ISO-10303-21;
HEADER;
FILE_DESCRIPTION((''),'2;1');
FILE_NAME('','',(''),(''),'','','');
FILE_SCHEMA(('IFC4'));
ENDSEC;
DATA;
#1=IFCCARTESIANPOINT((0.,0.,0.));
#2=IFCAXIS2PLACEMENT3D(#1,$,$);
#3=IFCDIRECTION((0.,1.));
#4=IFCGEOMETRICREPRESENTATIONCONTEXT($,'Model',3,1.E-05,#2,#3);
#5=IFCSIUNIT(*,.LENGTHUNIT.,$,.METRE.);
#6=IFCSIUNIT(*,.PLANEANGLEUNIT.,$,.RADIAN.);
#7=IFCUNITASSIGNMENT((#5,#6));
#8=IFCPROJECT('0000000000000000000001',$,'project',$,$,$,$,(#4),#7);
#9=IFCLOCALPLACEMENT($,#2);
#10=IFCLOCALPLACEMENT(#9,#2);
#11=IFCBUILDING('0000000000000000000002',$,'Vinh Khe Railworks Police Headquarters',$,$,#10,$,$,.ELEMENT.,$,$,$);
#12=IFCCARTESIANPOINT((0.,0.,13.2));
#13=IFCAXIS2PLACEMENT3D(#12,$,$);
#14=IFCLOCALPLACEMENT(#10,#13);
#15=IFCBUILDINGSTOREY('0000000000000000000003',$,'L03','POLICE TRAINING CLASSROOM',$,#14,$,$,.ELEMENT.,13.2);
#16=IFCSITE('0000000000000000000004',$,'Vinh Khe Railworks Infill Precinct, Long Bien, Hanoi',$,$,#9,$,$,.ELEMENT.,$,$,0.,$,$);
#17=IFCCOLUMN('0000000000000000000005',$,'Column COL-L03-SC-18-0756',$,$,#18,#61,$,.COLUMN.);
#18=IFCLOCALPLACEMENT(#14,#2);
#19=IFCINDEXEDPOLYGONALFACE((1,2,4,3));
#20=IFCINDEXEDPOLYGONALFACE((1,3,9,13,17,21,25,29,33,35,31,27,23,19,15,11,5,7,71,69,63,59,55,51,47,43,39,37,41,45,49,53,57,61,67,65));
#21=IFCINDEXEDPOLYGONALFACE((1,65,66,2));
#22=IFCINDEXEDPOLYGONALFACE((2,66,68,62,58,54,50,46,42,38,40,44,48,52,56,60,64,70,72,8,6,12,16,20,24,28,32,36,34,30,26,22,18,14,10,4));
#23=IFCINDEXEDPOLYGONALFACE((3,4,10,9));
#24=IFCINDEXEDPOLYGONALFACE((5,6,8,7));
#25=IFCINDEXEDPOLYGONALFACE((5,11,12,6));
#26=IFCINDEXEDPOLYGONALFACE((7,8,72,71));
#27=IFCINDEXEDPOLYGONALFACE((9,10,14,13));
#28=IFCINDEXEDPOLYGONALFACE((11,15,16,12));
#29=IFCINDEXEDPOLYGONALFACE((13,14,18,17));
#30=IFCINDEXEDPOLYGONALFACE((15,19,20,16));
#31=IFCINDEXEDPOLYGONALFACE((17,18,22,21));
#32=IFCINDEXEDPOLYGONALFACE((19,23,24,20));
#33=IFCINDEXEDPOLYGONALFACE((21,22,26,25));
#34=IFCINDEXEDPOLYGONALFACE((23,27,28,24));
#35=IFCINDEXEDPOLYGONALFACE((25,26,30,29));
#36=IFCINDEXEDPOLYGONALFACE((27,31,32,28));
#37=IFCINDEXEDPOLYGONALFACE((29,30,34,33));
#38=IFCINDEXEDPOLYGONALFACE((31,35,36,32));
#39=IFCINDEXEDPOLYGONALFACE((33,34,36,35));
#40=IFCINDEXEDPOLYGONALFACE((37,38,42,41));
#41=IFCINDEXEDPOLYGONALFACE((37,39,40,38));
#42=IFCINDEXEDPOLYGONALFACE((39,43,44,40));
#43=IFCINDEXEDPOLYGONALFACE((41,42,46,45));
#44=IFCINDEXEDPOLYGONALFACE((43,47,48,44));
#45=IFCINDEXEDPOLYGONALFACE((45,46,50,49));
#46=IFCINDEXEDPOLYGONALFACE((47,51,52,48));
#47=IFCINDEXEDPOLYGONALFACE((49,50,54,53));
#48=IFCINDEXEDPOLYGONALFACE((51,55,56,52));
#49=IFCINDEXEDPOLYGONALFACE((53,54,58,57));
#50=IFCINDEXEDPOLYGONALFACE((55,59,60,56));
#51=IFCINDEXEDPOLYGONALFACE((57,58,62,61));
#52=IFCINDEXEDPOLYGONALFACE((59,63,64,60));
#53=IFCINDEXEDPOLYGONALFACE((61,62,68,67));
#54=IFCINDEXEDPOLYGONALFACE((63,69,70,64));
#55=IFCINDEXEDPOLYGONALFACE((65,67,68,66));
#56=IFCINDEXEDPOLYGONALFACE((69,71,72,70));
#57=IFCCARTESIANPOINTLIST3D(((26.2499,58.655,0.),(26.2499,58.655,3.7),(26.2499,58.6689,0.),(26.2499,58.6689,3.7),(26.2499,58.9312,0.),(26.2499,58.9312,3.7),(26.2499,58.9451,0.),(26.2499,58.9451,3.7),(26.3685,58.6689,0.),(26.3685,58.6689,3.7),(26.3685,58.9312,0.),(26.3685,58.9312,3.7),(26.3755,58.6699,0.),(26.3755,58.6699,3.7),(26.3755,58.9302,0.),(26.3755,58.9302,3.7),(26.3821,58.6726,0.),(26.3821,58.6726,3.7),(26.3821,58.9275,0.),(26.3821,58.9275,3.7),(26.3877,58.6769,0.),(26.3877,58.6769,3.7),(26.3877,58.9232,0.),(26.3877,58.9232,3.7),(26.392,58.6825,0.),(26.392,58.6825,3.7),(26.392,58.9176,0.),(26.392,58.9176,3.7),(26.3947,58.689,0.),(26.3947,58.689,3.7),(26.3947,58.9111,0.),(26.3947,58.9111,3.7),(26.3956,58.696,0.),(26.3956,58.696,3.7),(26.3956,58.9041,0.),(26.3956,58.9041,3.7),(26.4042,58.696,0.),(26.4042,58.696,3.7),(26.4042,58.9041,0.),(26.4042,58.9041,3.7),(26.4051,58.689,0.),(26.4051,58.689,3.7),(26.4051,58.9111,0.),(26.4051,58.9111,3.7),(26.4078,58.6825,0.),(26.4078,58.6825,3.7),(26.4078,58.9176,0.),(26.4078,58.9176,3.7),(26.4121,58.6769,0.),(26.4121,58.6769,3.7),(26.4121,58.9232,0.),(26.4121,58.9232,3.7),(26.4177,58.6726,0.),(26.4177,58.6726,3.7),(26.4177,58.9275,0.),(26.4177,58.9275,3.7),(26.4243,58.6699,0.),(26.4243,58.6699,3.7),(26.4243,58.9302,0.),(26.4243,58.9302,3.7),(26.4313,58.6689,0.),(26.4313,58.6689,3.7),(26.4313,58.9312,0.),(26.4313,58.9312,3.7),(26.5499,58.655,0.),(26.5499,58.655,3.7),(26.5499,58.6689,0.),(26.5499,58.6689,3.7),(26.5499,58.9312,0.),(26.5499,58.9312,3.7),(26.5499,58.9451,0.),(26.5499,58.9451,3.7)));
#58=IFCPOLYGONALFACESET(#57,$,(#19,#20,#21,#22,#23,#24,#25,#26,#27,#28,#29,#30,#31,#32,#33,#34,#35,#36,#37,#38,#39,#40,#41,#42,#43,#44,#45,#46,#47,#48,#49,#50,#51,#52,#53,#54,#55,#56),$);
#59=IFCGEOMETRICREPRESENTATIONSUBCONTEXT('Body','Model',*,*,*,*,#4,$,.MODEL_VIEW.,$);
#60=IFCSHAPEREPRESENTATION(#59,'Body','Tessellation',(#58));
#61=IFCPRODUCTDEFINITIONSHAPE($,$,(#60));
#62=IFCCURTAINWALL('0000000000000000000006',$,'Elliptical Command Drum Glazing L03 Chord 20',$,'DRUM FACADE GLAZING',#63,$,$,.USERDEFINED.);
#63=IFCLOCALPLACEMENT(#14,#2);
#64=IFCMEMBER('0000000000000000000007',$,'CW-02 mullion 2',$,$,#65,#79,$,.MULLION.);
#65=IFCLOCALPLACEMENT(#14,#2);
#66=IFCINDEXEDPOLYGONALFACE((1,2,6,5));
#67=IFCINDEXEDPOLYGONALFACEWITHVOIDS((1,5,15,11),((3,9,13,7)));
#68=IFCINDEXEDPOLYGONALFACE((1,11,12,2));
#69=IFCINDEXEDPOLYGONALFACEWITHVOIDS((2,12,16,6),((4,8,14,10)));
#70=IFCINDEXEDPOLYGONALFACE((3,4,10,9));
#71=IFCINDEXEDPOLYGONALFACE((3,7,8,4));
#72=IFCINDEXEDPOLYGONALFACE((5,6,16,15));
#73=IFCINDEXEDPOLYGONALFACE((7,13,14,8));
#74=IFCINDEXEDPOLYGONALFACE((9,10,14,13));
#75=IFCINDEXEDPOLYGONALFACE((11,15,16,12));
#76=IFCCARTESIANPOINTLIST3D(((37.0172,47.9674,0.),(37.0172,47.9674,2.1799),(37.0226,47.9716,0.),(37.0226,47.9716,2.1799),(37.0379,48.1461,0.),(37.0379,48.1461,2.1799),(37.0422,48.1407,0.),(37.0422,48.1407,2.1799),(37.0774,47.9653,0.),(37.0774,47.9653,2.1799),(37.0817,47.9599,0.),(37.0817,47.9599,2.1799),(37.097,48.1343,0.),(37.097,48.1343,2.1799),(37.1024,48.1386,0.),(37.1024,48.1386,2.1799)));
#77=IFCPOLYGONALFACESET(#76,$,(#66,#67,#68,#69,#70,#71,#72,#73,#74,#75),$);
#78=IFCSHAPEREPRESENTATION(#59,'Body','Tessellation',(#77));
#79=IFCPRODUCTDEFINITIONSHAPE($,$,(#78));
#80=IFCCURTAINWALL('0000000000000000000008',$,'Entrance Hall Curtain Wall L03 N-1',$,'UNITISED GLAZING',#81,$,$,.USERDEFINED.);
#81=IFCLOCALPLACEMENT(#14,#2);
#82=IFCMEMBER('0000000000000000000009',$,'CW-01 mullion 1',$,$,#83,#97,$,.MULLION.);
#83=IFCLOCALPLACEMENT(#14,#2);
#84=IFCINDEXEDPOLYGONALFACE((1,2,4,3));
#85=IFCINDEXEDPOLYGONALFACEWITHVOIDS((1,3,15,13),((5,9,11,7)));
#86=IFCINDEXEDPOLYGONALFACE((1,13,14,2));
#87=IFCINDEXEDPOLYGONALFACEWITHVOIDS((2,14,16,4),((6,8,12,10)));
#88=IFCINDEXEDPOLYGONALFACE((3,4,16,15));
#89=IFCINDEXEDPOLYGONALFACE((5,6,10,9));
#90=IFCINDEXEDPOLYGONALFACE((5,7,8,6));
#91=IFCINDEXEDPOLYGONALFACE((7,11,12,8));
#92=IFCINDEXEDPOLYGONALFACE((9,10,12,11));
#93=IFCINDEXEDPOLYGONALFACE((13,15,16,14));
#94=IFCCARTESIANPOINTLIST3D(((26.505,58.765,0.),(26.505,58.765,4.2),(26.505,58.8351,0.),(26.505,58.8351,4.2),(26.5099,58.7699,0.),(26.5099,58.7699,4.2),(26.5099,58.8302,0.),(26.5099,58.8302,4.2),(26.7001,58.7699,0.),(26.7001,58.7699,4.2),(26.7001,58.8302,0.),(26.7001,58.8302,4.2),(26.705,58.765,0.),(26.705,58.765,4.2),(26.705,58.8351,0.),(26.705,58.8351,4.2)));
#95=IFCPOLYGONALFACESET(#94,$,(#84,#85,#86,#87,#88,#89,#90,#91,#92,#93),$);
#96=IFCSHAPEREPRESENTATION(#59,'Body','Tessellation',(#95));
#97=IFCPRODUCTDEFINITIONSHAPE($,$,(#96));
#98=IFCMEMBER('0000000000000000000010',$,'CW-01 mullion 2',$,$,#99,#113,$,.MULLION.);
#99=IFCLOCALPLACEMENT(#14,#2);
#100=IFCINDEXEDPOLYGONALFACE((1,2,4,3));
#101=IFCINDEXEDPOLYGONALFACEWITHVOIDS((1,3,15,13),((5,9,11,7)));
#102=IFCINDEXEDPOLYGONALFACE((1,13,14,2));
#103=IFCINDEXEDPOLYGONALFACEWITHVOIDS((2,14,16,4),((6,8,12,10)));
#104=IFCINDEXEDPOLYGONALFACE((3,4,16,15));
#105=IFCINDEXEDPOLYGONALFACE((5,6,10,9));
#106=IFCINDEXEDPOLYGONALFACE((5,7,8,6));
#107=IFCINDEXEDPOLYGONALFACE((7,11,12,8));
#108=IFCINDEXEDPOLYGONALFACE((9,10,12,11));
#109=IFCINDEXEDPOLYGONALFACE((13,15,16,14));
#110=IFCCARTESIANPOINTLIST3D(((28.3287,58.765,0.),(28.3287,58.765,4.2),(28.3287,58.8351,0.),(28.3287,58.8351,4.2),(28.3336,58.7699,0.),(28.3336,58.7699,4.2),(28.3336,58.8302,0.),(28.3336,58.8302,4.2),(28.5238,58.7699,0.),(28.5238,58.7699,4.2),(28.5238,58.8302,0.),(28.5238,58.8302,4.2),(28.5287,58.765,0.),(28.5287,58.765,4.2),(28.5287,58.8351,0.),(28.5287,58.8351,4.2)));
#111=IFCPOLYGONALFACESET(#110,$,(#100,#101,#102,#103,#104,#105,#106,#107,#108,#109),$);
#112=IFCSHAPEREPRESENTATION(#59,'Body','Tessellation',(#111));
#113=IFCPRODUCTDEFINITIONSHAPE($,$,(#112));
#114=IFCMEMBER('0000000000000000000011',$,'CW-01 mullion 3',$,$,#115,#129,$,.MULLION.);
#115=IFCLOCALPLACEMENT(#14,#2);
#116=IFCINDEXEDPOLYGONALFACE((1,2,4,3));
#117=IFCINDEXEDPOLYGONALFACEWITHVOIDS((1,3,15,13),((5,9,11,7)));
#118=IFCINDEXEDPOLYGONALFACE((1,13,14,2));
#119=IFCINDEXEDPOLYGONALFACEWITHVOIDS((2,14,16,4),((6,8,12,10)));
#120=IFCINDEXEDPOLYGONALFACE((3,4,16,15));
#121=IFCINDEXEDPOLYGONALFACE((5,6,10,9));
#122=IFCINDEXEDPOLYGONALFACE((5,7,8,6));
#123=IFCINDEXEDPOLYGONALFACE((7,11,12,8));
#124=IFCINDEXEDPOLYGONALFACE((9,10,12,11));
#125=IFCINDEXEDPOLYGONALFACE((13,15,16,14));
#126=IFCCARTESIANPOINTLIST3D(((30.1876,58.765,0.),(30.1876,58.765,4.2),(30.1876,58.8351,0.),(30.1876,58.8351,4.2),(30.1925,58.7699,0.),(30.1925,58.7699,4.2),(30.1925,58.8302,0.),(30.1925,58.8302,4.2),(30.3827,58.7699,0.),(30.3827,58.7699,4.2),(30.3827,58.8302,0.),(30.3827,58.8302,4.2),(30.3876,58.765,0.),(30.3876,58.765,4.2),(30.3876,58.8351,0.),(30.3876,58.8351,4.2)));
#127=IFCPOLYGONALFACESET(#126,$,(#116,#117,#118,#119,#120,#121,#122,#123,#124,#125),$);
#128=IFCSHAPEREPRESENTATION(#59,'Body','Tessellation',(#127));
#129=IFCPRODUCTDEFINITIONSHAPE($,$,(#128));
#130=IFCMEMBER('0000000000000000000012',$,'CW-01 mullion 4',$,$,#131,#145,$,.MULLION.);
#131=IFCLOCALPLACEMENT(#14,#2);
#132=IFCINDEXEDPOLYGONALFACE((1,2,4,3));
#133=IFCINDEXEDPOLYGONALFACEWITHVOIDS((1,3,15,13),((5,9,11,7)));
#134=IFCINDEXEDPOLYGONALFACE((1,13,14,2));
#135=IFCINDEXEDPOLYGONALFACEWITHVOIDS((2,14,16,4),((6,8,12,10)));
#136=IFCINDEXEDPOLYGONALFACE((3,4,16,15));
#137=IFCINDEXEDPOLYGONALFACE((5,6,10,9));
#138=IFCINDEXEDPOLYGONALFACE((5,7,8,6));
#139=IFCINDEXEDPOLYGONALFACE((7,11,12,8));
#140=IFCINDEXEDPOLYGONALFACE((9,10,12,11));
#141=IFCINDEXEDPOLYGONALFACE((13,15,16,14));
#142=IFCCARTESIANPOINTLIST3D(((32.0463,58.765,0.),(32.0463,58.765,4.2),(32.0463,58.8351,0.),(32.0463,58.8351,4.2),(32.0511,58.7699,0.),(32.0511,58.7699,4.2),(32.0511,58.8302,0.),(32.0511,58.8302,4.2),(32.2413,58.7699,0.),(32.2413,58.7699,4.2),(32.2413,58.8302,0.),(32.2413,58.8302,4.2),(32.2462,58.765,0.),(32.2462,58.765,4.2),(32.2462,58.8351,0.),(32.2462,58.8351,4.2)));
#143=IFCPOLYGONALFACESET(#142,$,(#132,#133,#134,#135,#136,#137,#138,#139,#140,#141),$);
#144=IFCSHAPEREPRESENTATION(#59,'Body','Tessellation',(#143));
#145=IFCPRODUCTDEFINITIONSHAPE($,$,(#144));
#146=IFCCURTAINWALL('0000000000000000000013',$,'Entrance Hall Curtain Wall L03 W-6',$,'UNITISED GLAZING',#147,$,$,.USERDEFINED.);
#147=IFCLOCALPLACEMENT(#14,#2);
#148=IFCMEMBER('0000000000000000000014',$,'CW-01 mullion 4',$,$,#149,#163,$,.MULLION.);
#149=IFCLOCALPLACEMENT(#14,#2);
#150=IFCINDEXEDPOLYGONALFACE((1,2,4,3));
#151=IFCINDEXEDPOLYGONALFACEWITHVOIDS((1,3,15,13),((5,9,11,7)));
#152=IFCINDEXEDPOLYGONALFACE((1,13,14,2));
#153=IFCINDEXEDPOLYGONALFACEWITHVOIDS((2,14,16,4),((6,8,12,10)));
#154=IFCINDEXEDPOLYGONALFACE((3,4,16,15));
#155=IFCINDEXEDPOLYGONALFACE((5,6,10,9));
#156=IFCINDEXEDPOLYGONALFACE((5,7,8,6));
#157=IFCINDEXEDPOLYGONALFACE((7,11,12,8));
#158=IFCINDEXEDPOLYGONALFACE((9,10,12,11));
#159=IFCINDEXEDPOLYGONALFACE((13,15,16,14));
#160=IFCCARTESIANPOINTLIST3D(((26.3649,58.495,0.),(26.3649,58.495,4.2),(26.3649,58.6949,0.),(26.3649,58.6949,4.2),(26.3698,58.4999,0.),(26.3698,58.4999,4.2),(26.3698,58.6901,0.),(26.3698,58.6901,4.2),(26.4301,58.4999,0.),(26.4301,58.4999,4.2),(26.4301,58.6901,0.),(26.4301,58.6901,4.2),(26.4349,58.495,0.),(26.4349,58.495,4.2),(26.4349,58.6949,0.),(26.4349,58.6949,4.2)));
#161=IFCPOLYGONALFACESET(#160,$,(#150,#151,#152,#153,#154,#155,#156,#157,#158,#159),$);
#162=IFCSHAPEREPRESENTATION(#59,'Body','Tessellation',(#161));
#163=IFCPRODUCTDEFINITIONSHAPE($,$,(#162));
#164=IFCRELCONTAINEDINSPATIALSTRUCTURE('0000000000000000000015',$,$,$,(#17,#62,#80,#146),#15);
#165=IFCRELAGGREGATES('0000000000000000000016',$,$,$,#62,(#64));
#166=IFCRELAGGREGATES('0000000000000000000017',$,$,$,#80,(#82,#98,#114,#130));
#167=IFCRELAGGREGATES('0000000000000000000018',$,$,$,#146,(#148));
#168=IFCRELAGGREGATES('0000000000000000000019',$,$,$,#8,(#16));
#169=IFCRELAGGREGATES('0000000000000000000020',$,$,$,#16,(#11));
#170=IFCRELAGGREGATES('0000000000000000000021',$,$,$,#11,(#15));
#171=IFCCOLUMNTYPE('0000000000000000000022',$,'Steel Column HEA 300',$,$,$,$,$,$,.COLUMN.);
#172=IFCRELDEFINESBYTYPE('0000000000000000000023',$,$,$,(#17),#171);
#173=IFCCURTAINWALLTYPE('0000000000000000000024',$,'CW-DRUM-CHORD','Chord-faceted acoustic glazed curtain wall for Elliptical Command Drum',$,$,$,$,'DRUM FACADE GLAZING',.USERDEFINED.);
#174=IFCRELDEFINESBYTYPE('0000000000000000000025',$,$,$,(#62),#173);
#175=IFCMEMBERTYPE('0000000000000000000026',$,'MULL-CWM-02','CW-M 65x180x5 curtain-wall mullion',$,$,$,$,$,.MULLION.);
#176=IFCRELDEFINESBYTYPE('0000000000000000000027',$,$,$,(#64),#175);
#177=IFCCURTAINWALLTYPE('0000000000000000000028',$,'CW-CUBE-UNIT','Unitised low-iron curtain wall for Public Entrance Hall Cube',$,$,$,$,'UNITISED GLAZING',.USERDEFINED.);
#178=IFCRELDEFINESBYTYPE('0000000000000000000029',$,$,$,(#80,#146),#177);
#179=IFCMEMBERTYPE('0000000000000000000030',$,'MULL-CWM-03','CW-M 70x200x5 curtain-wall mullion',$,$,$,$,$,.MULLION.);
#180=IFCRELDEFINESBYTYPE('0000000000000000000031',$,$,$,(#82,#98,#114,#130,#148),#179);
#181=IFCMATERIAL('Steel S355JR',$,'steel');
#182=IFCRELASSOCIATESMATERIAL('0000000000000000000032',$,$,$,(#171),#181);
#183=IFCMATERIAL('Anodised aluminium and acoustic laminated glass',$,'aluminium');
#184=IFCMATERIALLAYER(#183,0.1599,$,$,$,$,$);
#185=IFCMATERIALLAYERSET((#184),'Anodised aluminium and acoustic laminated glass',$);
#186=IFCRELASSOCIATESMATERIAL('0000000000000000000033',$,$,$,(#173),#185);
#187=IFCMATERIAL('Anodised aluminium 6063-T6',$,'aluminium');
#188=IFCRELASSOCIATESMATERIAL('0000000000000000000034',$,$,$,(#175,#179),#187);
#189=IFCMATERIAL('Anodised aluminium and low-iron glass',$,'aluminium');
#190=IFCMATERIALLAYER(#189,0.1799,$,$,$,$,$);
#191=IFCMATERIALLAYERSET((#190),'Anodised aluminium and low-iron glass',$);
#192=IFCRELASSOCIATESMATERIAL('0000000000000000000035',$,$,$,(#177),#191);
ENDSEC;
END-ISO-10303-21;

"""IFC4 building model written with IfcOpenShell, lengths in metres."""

from ifc_helpers import new_model, si_unit, direction, frame, origin, origin_2d, place, context, subcontext, project, spatial, hollow_rectangle, i_section, extrude, material, layer, layer_set, material_profile, profile_set, type_object, element, aggregate, save


model = new_model("IFC4")

# Units and contexts
model_context = context("Model", 3, precision=1e-05, world=origin(), true_north=direction((0.0, 1.0)))
body_context = subcontext(model_context, "Body", "Model", "MODEL_VIEW")
ifc_project = project(units=[si_unit("LENGTHUNIT", "METRE"), si_unit("PLANEANGLEUNIT", "RADIAN")], contexts=[model_context])

# Site, building, storey
site_placement = place(None, origin())
site = spatial("IfcSite", under=ifc_project, at=site_placement, Name="Vinh Khe Railworks Infill Precinct, Long Bien, Hanoi", CompositionType="ELEMENT", RefElevation=0.0)
building_placement = place(site_placement, origin())
building = spatial("IfcBuilding", under=site, at=building_placement, Name="Vinh Khe Railworks Police Headquarters", CompositionType="ELEMENT")
storey_placement = place(building_placement, frame((0.0, 0.0, 13.2)))
storey = spatial("IfcBuildingStorey", under=building, at=storey_placement, Name="L03", Description="POLICE TRAINING CLASSROOM", CompositionType="ELEMENT", Elevation=13.2)

# Column
ifc_material_1 = material(Name="Steel S355JR", Category="steel")
ifc_material_profile_1 = material_profile(ifc_material_1, i_section(OverallWidth=0.3, OverallDepth=0.29, WebThickness=0.0085, FlangeThickness=0.0139, FilletRadius=0.0271, at=origin_2d()), Name="HEA 300")
ifc_profile_set_1 = profile_set([ifc_material_profile_1], Name="Steel S355JR")
column_type = type_object("IfcColumnType", Name="Steel Column HEA 300", PredefinedType="COLUMN", material=ifc_profile_set_1)
column_placement = place(storey_placement, frame((26.3999, 58.8, 0.0), z_axis=(0.0, 0.0, 1.0), x_axis=(1.0, 0.0, 0.0)))
element("IfcColumn", 1, at=column_placement, inside=storey, type_object=column_type, Name="Column COL-L03-SC-18-0756", PredefinedType="COLUMN", context=body_context, shape_type="SweptSolid", body=[
    extrude(i_section(OverallWidth=0.3, OverallDepth=0.29, WebThickness=0.0085, FlangeThickness=0.0139, FilletRadius=0.0271, at=origin_2d()), origin(), (0.0, 0.0, 1.0), 3.7),
])

# Curtain wall, member
ifc_material_2 = material(Name="Anodised aluminium and acoustic laminated glass", Category="aluminium")
ifc_layer_1 = layer(ifc_material_2, 0.1599)
ifc_layer_set_1 = layer_set([ifc_layer_1], Name="Anodised aluminium and acoustic laminated glass")
curtain_wall_type_1 = type_object("IfcCurtainWallType", Name="CW-DRUM-CHORD", Description="Chord-faceted acoustic glazed curtain wall for Elliptical Command Drum", ElementType="DRUM FACADE GLAZING", PredefinedType="USERDEFINED", material=ifc_layer_set_1)
curtain_wall_1_placement = place(storey_placement, origin())
curtain_wall_1 = element("IfcCurtainWall", 2, at=curtain_wall_1_placement, inside=storey, type_object=curtain_wall_type_1, Name="Elliptical Command Drum Glazing L03 Chord 20", ObjectType="DRUM FACADE GLAZING", PredefinedType="USERDEFINED")
ifc_material_3 = material(Name="Anodised aluminium 6063-T6", Category="aluminium")
ifc_material_profile_2 = material_profile(ifc_material_3, hollow_rectangle(XDim=0.0649, YDim=0.1799, WallThickness=0.0049, at=origin_2d()), Name="CW-M 65x180x5")
ifc_profile_set_2 = profile_set([ifc_material_profile_2], Name="Anodised aluminium 6063-T6")
member_type_1 = type_object("IfcMemberType", Name="MULL-CWM-02", Description="CW-M 65x180x5 curtain-wall mullion", PredefinedType="MULLION", material=ifc_profile_set_2)
member_1_placement = place(storey_placement, frame((37.0598, 48.053, 0.0), z_axis=(0.0, 0.0, 1.0), x_axis=(0.993329, -0.115318, 0.0)))
member_1 = element("IfcMember", 3, at=member_1_placement, type_object=member_type_1, Name="CW-02 mullion 2", PredefinedType="MULLION", context=body_context, shape_type="SweptSolid", body=[
    extrude(hollow_rectangle(XDim=0.0649, YDim=0.1799, WallThickness=0.0049, at=origin_2d()), origin(), (0.0, 0.0, 1.0), 2.1799),
])

# Curtain wall, members
ifc_material_4 = material(Name="Anodised aluminium and low-iron glass", Category="aluminium")
ifc_layer_2 = layer(ifc_material_4, 0.1799)
ifc_layer_set_2 = layer_set([ifc_layer_2], Name="Anodised aluminium and low-iron glass")
curtain_wall_type_2 = type_object("IfcCurtainWallType", Name="CW-CUBE-UNIT", Description="Unitised low-iron curtain wall for Public Entrance Hall Cube", ElementType="UNITISED GLAZING", PredefinedType="USERDEFINED", material=ifc_layer_set_2)
curtain_wall_2_placement = place(storey_placement, origin())
curtain_wall_2 = element("IfcCurtainWall", 4, at=curtain_wall_2_placement, inside=storey, type_object=curtain_wall_type_2, Name="Entrance Hall Curtain Wall L03 N-1", ObjectType="UNITISED GLAZING", PredefinedType="USERDEFINED")
ifc_material_profile_3 = material_profile(ifc_material_3, hollow_rectangle(XDim=0.0701, YDim=0.2, WallThickness=0.0049, at=origin_2d()), Name="CW-M 70x200x5")
ifc_profile_set_3 = profile_set([ifc_material_profile_3], Name="Anodised aluminium 6063-T6")
member_type_2 = type_object("IfcMemberType", Name="MULL-CWM-03", Description="CW-M 70x200x5 curtain-wall mullion", PredefinedType="MULLION", material=ifc_profile_set_3)
member_2_placement = place(storey_placement, frame((26.605, 58.8, 0.0), z_axis=(0.0, 0.0, 1.0), x_axis=(0.0, 1.0, 0.0)))
member_2 = element("IfcMember", 5, at=member_2_placement, type_object=member_type_2, Name="CW-01 mullion 1", PredefinedType="MULLION", context=body_context, shape_type="SweptSolid", body=[
    extrude(hollow_rectangle(XDim=0.0701, YDim=0.2, WallThickness=0.0049, at=origin_2d()), origin(), (0.0, 0.0, 1.0), 4.2),
])
member_3_placement = place(storey_placement, frame((28.4287, 58.8, 0.0), z_axis=(0.0, 0.0, 1.0), x_axis=(0.0, 1.0, 0.0)))
member_3 = element("IfcMember", 6, at=member_3_placement, type_object=member_type_2, Name="CW-01 mullion 2", PredefinedType="MULLION", context=body_context, shape_type="SweptSolid", body=[
    extrude(hollow_rectangle(XDim=0.0701, YDim=0.2, WallThickness=0.0049, at=origin_2d()), origin(), (0.0, 0.0, 1.0), 4.2),
])
member_4_placement = place(storey_placement, frame((30.2876, 58.8, 0.0), z_axis=(0.0, 0.0, 1.0), x_axis=(0.0, 1.0, 0.0)))
member_4 = element("IfcMember", 7, at=member_4_placement, type_object=member_type_2, Name="CW-01 mullion 3", PredefinedType="MULLION", context=body_context, shape_type="SweptSolid", body=[
    extrude(hollow_rectangle(XDim=0.0701, YDim=0.2, WallThickness=0.0049, at=origin_2d()), origin(), (0.0, 0.0, 1.0), 4.2),
])
member_5_placement = place(storey_placement, frame((32.1462, 58.8, 0.0), z_axis=(0.0, 0.0, 1.0), x_axis=(0.0, 1.0, 0.0)))
member_5 = element("IfcMember", 8, at=member_5_placement, type_object=member_type_2, Name="CW-01 mullion 4", PredefinedType="MULLION", context=body_context, shape_type="SweptSolid", body=[
    extrude(hollow_rectangle(XDim=0.0701, YDim=0.2, WallThickness=0.0049, at=origin_2d()), origin(), (0.0, 0.0, 1.0), 4.2),
])

# Curtain wall, member
curtain_wall_3_placement = place(storey_placement, origin())
curtain_wall_3 = element("IfcCurtainWall", 9, at=curtain_wall_3_placement, inside=storey, type_object=curtain_wall_type_2, Name="Entrance Hall Curtain Wall L03 W-6", ObjectType="UNITISED GLAZING", PredefinedType="USERDEFINED")
member_6_placement = place(storey_placement, frame((26.3999, 58.595, 0.0), z_axis=(0.0, 0.0, 1.0), x_axis=(-1.0, 0.0, 0.0)))
member_6 = element("IfcMember", 10, at=member_6_placement, type_object=member_type_2, Name="CW-01 mullion 4", PredefinedType="MULLION", context=body_context, shape_type="SweptSolid", body=[
    extrude(hollow_rectangle(XDim=0.0701, YDim=0.2, WallThickness=0.0049, at=origin_2d()), origin(), (0.0, 0.0, 1.0), 4.2),
])

aggregate(curtain_wall_1, [member_1])
aggregate(curtain_wall_2, [member_2, member_3, member_4, member_5])
aggregate(curtain_wall_3, [member_6])

save(model, "model.ifc")
